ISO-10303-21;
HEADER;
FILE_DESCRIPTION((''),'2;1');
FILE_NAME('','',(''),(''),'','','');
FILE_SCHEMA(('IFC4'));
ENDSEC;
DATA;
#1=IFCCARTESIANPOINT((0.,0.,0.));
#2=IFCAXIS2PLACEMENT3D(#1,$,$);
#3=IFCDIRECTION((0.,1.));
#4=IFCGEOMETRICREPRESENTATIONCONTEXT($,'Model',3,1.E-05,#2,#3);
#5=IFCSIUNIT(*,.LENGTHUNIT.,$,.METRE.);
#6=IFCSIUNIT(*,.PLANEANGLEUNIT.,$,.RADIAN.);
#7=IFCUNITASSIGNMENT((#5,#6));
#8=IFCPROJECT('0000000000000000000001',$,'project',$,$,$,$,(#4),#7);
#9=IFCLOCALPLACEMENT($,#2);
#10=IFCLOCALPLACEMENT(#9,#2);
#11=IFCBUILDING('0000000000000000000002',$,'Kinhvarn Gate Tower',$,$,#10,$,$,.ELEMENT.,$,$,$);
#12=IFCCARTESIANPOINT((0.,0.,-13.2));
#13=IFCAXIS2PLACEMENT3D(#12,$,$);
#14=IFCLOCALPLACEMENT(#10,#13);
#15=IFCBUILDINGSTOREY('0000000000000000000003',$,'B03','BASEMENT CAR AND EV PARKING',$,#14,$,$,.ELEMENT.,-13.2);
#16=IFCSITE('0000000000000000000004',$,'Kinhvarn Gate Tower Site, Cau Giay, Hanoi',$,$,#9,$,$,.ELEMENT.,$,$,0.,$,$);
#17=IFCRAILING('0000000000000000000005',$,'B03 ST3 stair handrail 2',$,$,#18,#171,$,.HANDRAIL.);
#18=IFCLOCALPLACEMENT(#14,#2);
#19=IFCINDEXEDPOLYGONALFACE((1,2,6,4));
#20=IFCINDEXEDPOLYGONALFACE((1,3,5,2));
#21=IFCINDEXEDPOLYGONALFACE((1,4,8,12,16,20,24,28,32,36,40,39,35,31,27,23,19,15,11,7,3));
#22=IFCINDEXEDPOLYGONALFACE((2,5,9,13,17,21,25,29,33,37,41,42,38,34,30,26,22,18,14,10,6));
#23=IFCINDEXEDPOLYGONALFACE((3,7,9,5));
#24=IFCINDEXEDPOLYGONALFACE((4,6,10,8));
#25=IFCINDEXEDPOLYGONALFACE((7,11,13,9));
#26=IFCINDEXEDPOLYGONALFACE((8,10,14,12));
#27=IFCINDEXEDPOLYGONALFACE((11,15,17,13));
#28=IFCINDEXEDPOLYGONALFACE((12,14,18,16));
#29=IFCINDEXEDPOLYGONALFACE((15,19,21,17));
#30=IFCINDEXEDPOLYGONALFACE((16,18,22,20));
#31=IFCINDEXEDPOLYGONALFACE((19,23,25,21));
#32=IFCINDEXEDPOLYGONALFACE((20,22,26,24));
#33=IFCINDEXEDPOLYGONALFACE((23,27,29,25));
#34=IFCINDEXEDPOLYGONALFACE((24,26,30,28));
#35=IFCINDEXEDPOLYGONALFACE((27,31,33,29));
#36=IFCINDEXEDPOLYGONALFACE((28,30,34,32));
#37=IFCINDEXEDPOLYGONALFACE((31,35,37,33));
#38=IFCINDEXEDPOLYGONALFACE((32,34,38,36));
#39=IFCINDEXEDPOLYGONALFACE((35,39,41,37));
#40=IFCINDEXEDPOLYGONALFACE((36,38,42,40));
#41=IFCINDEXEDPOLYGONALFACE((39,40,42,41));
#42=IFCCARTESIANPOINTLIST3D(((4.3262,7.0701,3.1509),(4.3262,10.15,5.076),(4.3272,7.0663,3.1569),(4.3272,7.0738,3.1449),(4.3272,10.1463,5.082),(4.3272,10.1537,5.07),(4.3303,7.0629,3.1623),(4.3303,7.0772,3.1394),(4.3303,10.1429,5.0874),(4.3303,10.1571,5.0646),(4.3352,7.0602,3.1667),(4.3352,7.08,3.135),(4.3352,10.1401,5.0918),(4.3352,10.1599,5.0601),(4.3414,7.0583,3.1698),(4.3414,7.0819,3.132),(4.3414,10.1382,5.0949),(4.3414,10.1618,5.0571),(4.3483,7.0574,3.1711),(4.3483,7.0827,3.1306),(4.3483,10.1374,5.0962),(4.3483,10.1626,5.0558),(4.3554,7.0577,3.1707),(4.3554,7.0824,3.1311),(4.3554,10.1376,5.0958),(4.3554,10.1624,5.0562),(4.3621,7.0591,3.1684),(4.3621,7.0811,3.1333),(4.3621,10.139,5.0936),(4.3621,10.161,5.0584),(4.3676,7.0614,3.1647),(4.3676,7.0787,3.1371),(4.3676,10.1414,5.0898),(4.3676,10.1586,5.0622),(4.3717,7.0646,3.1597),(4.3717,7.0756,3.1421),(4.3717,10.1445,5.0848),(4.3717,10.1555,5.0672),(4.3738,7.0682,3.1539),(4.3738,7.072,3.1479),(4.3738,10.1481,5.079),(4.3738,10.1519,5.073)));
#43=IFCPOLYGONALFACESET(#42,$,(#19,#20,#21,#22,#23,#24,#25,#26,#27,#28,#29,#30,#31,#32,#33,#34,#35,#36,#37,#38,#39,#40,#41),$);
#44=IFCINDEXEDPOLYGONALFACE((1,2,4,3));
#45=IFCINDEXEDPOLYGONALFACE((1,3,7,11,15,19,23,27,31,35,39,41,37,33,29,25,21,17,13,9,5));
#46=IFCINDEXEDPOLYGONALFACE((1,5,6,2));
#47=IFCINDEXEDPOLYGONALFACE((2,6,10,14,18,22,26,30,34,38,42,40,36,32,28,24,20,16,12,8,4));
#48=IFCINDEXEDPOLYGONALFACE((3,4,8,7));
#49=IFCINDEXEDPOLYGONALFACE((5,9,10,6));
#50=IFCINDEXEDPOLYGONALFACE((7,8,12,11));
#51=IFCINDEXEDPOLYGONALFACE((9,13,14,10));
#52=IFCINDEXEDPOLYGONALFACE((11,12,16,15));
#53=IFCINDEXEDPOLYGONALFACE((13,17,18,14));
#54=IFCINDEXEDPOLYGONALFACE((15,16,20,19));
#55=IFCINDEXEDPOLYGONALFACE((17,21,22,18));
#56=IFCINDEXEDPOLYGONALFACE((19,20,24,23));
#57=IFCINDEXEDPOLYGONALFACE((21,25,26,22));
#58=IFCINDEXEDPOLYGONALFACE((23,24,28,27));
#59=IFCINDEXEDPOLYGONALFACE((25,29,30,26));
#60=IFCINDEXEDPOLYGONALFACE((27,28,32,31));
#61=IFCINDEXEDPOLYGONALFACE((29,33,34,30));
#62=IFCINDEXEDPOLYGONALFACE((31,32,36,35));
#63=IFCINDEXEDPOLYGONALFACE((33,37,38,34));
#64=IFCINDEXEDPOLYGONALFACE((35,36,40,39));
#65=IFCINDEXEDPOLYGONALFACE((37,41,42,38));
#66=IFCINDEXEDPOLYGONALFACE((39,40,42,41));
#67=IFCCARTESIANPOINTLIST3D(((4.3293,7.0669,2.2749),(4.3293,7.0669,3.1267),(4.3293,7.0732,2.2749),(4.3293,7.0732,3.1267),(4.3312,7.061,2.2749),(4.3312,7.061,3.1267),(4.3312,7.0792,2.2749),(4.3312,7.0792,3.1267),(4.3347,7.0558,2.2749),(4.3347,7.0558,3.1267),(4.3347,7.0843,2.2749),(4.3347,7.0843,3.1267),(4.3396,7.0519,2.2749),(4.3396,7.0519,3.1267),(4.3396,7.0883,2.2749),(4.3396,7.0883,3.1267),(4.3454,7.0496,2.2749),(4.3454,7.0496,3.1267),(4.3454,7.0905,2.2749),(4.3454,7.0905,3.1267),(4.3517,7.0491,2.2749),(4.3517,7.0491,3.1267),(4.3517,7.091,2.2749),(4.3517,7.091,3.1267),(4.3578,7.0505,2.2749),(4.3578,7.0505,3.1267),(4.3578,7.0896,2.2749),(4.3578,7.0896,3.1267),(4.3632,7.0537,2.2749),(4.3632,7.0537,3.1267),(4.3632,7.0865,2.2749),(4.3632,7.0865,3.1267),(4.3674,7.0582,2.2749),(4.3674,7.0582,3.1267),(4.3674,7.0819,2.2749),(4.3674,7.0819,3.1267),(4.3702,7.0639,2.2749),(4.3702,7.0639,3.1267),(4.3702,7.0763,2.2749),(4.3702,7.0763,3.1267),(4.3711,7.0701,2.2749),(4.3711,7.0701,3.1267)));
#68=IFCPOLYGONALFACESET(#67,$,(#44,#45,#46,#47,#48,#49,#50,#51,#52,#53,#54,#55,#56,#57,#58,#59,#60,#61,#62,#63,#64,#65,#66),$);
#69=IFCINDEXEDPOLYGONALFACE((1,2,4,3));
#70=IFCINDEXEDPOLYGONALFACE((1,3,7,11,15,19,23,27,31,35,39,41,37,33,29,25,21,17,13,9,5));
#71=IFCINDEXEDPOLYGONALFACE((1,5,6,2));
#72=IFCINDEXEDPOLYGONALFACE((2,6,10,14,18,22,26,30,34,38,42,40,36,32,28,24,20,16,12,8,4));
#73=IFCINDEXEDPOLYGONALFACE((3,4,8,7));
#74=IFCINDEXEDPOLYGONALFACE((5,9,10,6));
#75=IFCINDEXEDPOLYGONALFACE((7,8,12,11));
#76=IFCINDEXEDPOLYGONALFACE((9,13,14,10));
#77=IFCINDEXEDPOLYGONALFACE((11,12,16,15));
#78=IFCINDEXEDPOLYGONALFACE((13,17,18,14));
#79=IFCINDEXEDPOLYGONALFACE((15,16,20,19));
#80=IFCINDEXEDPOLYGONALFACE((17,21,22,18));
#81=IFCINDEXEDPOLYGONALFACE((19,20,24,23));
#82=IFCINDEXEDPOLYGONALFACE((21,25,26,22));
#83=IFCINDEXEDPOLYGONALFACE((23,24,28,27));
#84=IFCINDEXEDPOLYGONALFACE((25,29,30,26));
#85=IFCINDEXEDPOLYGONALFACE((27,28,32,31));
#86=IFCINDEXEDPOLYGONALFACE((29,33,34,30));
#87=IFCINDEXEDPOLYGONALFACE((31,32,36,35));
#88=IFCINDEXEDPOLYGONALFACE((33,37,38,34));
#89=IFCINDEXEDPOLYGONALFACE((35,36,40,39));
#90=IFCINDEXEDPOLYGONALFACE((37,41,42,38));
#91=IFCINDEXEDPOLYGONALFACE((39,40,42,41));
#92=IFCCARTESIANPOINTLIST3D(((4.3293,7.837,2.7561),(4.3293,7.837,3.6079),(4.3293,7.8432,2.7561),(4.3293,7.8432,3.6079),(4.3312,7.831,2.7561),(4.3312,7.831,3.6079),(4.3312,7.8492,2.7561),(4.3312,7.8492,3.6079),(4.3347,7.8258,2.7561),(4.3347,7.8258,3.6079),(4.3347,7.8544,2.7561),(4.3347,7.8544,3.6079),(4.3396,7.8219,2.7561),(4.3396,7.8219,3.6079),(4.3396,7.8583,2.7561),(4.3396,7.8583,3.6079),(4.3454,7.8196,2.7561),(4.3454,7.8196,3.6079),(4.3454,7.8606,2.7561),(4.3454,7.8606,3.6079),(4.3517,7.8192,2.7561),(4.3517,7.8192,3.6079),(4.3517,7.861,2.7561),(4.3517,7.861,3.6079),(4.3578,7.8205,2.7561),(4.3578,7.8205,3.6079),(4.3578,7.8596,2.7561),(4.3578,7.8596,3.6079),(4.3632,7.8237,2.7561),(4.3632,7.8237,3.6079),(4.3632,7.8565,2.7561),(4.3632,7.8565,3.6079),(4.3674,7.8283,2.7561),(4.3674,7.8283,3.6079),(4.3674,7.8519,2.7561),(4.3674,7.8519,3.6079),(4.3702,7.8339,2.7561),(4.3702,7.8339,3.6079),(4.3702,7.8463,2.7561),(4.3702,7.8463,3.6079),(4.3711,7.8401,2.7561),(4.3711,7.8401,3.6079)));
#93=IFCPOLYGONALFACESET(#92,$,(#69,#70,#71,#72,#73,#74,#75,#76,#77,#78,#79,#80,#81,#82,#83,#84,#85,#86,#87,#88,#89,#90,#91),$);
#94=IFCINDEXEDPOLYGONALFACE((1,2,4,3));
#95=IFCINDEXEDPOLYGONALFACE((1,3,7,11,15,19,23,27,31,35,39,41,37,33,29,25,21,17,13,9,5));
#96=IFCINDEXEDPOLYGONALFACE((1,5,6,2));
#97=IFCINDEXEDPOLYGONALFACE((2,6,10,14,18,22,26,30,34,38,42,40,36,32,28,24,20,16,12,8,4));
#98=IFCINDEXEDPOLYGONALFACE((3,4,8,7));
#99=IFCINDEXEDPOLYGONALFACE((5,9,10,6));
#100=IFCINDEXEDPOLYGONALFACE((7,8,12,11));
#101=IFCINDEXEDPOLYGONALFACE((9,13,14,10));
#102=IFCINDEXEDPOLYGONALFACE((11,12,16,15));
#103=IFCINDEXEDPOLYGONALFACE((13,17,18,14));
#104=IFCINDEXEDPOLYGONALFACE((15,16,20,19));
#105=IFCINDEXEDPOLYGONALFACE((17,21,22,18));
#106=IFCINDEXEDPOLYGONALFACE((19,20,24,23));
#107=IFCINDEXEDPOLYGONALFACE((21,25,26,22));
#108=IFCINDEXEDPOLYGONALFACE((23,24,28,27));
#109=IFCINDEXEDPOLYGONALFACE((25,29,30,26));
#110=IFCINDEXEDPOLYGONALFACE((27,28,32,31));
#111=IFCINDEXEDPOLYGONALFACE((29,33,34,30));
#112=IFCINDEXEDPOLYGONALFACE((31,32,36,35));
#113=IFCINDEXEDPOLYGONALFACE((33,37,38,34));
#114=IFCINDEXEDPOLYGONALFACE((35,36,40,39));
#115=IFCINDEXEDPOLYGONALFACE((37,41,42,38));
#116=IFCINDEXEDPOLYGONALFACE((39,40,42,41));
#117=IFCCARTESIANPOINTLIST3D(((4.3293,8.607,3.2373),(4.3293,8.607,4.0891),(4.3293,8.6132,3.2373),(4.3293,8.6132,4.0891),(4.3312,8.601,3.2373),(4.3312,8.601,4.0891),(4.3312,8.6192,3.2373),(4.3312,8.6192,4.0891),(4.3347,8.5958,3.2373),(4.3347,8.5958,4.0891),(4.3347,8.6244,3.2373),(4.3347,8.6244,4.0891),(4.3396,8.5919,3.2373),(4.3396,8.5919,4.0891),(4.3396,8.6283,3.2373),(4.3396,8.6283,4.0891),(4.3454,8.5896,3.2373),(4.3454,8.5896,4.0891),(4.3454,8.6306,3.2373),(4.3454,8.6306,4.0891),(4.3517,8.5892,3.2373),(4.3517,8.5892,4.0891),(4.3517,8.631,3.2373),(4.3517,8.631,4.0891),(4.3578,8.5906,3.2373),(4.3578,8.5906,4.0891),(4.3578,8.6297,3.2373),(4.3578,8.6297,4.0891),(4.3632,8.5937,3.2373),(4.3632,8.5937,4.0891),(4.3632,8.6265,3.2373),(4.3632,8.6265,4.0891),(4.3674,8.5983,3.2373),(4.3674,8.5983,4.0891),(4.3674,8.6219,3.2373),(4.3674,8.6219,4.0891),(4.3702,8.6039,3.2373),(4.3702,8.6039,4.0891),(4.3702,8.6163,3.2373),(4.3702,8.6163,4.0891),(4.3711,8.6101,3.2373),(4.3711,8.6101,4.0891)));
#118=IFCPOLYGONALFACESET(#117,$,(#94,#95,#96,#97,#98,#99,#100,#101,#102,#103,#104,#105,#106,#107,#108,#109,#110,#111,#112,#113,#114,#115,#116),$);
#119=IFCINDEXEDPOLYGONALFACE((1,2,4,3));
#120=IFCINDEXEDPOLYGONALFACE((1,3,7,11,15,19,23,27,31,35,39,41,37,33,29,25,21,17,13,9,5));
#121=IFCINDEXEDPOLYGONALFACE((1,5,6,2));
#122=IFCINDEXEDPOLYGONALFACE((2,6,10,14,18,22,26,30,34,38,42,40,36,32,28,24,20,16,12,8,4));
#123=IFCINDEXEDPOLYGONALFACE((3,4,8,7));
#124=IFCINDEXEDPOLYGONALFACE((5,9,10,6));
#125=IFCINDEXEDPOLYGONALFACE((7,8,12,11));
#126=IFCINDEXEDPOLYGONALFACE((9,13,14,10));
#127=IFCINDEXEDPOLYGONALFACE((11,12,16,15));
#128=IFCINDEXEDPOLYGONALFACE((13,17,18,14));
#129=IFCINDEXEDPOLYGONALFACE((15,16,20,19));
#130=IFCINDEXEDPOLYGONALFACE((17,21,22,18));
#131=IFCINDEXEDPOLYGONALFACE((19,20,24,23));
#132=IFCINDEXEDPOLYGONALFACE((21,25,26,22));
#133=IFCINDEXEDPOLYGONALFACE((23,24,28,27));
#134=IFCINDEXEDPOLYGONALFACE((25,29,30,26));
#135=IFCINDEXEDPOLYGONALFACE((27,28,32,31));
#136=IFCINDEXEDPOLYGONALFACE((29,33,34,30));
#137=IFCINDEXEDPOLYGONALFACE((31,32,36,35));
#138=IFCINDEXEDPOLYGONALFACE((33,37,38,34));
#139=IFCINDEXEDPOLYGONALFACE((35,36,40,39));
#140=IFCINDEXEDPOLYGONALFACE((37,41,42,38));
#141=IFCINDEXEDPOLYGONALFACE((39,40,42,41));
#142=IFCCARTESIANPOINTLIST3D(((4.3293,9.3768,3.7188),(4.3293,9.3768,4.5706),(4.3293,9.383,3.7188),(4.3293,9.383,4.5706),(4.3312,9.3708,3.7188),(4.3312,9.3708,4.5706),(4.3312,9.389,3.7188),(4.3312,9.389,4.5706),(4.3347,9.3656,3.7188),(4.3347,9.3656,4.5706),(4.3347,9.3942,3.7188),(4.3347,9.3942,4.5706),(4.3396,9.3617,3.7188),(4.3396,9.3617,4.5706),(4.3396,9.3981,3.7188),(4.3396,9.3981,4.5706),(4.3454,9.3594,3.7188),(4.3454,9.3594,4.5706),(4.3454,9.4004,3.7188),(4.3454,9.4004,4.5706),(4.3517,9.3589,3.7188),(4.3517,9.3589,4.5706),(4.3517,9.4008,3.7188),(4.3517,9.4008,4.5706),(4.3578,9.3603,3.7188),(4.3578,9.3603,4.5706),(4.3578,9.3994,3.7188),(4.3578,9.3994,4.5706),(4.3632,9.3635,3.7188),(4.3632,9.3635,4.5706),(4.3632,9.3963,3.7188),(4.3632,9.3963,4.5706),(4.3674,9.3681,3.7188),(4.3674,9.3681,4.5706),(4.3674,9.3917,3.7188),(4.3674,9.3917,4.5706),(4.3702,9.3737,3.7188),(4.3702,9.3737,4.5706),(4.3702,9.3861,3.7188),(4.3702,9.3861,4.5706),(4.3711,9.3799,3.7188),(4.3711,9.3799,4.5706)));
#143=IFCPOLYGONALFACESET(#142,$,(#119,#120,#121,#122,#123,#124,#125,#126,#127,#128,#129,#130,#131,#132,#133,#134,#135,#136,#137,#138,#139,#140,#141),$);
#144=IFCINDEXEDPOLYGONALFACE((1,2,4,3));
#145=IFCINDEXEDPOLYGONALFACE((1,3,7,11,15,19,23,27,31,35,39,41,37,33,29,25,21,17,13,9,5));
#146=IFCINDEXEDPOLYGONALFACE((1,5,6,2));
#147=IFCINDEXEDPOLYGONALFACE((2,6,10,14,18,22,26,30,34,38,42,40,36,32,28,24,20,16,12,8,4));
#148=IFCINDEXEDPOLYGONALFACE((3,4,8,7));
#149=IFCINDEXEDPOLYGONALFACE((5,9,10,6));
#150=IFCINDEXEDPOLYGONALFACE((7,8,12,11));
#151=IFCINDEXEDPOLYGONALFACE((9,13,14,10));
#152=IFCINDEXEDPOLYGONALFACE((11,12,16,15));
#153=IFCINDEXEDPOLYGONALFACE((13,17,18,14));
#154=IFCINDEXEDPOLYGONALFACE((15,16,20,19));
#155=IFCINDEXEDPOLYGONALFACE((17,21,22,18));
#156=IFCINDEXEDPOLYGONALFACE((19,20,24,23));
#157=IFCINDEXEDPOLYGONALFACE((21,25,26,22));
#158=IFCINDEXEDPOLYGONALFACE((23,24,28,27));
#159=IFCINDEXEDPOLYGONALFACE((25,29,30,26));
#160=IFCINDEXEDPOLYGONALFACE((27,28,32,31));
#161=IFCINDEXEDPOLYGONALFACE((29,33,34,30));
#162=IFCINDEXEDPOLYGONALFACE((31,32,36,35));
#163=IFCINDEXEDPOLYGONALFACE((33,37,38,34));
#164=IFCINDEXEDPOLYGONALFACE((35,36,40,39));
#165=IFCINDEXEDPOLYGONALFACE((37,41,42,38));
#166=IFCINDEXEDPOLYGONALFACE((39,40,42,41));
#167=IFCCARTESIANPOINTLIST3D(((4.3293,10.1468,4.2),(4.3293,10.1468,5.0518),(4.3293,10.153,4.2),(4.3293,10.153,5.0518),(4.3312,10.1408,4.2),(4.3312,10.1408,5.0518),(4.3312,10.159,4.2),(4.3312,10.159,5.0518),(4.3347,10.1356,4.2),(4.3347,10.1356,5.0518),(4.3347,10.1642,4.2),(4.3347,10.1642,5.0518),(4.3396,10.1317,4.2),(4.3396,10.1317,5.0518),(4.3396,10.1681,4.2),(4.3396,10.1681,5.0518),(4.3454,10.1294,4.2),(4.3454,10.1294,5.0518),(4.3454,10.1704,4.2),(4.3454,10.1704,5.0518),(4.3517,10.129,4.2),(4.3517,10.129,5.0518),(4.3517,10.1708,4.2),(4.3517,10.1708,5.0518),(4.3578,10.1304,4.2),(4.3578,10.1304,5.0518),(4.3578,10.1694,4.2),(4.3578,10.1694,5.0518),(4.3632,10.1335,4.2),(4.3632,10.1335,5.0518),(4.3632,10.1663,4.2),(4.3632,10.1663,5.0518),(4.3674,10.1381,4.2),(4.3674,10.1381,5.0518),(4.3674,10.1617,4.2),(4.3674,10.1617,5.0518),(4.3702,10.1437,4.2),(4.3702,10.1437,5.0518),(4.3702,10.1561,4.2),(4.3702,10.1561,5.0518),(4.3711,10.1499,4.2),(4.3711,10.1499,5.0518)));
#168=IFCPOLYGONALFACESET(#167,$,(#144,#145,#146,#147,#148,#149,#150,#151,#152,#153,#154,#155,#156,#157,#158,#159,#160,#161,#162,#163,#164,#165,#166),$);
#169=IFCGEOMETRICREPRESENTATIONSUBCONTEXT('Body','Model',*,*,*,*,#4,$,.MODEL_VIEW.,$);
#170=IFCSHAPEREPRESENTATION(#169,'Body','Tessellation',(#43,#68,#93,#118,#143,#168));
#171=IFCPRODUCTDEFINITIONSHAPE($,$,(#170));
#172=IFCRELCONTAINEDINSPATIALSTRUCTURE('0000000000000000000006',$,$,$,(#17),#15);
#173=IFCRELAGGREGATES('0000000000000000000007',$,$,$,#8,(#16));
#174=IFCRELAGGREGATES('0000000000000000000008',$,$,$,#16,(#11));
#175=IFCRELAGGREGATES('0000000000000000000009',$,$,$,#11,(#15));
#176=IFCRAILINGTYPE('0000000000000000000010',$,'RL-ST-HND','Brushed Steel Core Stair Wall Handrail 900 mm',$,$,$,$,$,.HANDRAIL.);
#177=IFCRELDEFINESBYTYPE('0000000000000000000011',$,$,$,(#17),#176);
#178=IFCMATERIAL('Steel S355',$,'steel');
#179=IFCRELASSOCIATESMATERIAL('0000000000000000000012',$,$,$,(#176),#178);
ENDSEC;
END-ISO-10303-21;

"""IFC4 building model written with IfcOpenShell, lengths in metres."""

from ifc_helpers import new_model, si_unit, direction, frame, origin, origin_2d, place, context, subcontext, project, spatial, circle, extrude, material, type_object, element, save


model = new_model("IFC4")

# Units and contexts
model_context = context("Model", 3, precision=1e-05, world=origin(), true_north=direction((0.0, 1.0)))
body_context = subcontext(model_context, "Body", "Model", "MODEL_VIEW")
ifc_project = project(units=[si_unit("LENGTHUNIT", "METRE"), si_unit("PLANEANGLEUNIT", "RADIAN")], contexts=[model_context])

# Site, building, storey
site_placement = place(None, origin())
site = spatial("IfcSite", under=ifc_project, at=site_placement, Name="Kinhvarn Gate Tower Site, Cau Giay, Hanoi", CompositionType="ELEMENT", RefElevation=0.0)
building_placement = place(site_placement, origin())
building = spatial("IfcBuilding", under=site, at=building_placement, Name="Kinhvarn Gate Tower", CompositionType="ELEMENT")
storey_placement = place(building_placement, frame((0.0, 0.0, -13.2)))
storey = spatial("IfcBuildingStorey", under=building, at=storey_placement, Name="B03", Description="BASEMENT CAR AND EV PARKING", CompositionType="ELEMENT", Elevation=-13.2)

# Shared definitions
ifc_material_1 = material(Name="Steel S355", Category="steel")

# Railing
railing_type_1 = type_object("IfcRailingType", Name="RL-ST-HND", Description="Brushed Steel Core Stair Wall Handrail 900 mm", PredefinedType="HANDRAIL", material=ifc_material_1)
railing_1_placement = place(storey_placement, frame((4.3501, 7.0701, 2.2749)))
element("IfcRailing", 1, at=railing_1_placement, inside=storey, type_object=railing_type_1, Name="B03 ST3 stair handrail 2", PredefinedType="HANDRAIL", context=body_context, shape_type="SweptSolid", body=[
    extrude(circle(Radius=0.0239, at=origin_2d()), frame((0.0, 0.0, 0.876), z_axis=(0.0, 0.847979, 0.530029), x_axis=(-1.0, 0.0, 0.0)), (0.0, 0.0, 1.0), 3.6321),
    extrude(circle(Radius=0.021, at=origin_2d()), origin(), (0.0, 0.0, 1.0), 0.8518),
    extrude(circle(Radius=0.021, at=origin_2d()), frame((0.0, 0.77, 0.4812)), (0.0, 0.0, 1.0), 0.8518),
    extrude(circle(Radius=0.021, at=origin_2d()), frame((0.0, 1.54, 0.9624)), (0.0, 0.0, 1.0), 0.8518),
    extrude(circle(Radius=0.021, at=origin_2d()), frame((0.0, 2.3098, 1.4438)), (0.0, 0.0, 1.0), 0.8518),
    extrude(circle(Radius=0.021, at=origin_2d()), frame((0.0, 3.0798, 1.925)), (0.0, 0.0, 1.0), 0.8518),
])

save(model, "model.ifc")
